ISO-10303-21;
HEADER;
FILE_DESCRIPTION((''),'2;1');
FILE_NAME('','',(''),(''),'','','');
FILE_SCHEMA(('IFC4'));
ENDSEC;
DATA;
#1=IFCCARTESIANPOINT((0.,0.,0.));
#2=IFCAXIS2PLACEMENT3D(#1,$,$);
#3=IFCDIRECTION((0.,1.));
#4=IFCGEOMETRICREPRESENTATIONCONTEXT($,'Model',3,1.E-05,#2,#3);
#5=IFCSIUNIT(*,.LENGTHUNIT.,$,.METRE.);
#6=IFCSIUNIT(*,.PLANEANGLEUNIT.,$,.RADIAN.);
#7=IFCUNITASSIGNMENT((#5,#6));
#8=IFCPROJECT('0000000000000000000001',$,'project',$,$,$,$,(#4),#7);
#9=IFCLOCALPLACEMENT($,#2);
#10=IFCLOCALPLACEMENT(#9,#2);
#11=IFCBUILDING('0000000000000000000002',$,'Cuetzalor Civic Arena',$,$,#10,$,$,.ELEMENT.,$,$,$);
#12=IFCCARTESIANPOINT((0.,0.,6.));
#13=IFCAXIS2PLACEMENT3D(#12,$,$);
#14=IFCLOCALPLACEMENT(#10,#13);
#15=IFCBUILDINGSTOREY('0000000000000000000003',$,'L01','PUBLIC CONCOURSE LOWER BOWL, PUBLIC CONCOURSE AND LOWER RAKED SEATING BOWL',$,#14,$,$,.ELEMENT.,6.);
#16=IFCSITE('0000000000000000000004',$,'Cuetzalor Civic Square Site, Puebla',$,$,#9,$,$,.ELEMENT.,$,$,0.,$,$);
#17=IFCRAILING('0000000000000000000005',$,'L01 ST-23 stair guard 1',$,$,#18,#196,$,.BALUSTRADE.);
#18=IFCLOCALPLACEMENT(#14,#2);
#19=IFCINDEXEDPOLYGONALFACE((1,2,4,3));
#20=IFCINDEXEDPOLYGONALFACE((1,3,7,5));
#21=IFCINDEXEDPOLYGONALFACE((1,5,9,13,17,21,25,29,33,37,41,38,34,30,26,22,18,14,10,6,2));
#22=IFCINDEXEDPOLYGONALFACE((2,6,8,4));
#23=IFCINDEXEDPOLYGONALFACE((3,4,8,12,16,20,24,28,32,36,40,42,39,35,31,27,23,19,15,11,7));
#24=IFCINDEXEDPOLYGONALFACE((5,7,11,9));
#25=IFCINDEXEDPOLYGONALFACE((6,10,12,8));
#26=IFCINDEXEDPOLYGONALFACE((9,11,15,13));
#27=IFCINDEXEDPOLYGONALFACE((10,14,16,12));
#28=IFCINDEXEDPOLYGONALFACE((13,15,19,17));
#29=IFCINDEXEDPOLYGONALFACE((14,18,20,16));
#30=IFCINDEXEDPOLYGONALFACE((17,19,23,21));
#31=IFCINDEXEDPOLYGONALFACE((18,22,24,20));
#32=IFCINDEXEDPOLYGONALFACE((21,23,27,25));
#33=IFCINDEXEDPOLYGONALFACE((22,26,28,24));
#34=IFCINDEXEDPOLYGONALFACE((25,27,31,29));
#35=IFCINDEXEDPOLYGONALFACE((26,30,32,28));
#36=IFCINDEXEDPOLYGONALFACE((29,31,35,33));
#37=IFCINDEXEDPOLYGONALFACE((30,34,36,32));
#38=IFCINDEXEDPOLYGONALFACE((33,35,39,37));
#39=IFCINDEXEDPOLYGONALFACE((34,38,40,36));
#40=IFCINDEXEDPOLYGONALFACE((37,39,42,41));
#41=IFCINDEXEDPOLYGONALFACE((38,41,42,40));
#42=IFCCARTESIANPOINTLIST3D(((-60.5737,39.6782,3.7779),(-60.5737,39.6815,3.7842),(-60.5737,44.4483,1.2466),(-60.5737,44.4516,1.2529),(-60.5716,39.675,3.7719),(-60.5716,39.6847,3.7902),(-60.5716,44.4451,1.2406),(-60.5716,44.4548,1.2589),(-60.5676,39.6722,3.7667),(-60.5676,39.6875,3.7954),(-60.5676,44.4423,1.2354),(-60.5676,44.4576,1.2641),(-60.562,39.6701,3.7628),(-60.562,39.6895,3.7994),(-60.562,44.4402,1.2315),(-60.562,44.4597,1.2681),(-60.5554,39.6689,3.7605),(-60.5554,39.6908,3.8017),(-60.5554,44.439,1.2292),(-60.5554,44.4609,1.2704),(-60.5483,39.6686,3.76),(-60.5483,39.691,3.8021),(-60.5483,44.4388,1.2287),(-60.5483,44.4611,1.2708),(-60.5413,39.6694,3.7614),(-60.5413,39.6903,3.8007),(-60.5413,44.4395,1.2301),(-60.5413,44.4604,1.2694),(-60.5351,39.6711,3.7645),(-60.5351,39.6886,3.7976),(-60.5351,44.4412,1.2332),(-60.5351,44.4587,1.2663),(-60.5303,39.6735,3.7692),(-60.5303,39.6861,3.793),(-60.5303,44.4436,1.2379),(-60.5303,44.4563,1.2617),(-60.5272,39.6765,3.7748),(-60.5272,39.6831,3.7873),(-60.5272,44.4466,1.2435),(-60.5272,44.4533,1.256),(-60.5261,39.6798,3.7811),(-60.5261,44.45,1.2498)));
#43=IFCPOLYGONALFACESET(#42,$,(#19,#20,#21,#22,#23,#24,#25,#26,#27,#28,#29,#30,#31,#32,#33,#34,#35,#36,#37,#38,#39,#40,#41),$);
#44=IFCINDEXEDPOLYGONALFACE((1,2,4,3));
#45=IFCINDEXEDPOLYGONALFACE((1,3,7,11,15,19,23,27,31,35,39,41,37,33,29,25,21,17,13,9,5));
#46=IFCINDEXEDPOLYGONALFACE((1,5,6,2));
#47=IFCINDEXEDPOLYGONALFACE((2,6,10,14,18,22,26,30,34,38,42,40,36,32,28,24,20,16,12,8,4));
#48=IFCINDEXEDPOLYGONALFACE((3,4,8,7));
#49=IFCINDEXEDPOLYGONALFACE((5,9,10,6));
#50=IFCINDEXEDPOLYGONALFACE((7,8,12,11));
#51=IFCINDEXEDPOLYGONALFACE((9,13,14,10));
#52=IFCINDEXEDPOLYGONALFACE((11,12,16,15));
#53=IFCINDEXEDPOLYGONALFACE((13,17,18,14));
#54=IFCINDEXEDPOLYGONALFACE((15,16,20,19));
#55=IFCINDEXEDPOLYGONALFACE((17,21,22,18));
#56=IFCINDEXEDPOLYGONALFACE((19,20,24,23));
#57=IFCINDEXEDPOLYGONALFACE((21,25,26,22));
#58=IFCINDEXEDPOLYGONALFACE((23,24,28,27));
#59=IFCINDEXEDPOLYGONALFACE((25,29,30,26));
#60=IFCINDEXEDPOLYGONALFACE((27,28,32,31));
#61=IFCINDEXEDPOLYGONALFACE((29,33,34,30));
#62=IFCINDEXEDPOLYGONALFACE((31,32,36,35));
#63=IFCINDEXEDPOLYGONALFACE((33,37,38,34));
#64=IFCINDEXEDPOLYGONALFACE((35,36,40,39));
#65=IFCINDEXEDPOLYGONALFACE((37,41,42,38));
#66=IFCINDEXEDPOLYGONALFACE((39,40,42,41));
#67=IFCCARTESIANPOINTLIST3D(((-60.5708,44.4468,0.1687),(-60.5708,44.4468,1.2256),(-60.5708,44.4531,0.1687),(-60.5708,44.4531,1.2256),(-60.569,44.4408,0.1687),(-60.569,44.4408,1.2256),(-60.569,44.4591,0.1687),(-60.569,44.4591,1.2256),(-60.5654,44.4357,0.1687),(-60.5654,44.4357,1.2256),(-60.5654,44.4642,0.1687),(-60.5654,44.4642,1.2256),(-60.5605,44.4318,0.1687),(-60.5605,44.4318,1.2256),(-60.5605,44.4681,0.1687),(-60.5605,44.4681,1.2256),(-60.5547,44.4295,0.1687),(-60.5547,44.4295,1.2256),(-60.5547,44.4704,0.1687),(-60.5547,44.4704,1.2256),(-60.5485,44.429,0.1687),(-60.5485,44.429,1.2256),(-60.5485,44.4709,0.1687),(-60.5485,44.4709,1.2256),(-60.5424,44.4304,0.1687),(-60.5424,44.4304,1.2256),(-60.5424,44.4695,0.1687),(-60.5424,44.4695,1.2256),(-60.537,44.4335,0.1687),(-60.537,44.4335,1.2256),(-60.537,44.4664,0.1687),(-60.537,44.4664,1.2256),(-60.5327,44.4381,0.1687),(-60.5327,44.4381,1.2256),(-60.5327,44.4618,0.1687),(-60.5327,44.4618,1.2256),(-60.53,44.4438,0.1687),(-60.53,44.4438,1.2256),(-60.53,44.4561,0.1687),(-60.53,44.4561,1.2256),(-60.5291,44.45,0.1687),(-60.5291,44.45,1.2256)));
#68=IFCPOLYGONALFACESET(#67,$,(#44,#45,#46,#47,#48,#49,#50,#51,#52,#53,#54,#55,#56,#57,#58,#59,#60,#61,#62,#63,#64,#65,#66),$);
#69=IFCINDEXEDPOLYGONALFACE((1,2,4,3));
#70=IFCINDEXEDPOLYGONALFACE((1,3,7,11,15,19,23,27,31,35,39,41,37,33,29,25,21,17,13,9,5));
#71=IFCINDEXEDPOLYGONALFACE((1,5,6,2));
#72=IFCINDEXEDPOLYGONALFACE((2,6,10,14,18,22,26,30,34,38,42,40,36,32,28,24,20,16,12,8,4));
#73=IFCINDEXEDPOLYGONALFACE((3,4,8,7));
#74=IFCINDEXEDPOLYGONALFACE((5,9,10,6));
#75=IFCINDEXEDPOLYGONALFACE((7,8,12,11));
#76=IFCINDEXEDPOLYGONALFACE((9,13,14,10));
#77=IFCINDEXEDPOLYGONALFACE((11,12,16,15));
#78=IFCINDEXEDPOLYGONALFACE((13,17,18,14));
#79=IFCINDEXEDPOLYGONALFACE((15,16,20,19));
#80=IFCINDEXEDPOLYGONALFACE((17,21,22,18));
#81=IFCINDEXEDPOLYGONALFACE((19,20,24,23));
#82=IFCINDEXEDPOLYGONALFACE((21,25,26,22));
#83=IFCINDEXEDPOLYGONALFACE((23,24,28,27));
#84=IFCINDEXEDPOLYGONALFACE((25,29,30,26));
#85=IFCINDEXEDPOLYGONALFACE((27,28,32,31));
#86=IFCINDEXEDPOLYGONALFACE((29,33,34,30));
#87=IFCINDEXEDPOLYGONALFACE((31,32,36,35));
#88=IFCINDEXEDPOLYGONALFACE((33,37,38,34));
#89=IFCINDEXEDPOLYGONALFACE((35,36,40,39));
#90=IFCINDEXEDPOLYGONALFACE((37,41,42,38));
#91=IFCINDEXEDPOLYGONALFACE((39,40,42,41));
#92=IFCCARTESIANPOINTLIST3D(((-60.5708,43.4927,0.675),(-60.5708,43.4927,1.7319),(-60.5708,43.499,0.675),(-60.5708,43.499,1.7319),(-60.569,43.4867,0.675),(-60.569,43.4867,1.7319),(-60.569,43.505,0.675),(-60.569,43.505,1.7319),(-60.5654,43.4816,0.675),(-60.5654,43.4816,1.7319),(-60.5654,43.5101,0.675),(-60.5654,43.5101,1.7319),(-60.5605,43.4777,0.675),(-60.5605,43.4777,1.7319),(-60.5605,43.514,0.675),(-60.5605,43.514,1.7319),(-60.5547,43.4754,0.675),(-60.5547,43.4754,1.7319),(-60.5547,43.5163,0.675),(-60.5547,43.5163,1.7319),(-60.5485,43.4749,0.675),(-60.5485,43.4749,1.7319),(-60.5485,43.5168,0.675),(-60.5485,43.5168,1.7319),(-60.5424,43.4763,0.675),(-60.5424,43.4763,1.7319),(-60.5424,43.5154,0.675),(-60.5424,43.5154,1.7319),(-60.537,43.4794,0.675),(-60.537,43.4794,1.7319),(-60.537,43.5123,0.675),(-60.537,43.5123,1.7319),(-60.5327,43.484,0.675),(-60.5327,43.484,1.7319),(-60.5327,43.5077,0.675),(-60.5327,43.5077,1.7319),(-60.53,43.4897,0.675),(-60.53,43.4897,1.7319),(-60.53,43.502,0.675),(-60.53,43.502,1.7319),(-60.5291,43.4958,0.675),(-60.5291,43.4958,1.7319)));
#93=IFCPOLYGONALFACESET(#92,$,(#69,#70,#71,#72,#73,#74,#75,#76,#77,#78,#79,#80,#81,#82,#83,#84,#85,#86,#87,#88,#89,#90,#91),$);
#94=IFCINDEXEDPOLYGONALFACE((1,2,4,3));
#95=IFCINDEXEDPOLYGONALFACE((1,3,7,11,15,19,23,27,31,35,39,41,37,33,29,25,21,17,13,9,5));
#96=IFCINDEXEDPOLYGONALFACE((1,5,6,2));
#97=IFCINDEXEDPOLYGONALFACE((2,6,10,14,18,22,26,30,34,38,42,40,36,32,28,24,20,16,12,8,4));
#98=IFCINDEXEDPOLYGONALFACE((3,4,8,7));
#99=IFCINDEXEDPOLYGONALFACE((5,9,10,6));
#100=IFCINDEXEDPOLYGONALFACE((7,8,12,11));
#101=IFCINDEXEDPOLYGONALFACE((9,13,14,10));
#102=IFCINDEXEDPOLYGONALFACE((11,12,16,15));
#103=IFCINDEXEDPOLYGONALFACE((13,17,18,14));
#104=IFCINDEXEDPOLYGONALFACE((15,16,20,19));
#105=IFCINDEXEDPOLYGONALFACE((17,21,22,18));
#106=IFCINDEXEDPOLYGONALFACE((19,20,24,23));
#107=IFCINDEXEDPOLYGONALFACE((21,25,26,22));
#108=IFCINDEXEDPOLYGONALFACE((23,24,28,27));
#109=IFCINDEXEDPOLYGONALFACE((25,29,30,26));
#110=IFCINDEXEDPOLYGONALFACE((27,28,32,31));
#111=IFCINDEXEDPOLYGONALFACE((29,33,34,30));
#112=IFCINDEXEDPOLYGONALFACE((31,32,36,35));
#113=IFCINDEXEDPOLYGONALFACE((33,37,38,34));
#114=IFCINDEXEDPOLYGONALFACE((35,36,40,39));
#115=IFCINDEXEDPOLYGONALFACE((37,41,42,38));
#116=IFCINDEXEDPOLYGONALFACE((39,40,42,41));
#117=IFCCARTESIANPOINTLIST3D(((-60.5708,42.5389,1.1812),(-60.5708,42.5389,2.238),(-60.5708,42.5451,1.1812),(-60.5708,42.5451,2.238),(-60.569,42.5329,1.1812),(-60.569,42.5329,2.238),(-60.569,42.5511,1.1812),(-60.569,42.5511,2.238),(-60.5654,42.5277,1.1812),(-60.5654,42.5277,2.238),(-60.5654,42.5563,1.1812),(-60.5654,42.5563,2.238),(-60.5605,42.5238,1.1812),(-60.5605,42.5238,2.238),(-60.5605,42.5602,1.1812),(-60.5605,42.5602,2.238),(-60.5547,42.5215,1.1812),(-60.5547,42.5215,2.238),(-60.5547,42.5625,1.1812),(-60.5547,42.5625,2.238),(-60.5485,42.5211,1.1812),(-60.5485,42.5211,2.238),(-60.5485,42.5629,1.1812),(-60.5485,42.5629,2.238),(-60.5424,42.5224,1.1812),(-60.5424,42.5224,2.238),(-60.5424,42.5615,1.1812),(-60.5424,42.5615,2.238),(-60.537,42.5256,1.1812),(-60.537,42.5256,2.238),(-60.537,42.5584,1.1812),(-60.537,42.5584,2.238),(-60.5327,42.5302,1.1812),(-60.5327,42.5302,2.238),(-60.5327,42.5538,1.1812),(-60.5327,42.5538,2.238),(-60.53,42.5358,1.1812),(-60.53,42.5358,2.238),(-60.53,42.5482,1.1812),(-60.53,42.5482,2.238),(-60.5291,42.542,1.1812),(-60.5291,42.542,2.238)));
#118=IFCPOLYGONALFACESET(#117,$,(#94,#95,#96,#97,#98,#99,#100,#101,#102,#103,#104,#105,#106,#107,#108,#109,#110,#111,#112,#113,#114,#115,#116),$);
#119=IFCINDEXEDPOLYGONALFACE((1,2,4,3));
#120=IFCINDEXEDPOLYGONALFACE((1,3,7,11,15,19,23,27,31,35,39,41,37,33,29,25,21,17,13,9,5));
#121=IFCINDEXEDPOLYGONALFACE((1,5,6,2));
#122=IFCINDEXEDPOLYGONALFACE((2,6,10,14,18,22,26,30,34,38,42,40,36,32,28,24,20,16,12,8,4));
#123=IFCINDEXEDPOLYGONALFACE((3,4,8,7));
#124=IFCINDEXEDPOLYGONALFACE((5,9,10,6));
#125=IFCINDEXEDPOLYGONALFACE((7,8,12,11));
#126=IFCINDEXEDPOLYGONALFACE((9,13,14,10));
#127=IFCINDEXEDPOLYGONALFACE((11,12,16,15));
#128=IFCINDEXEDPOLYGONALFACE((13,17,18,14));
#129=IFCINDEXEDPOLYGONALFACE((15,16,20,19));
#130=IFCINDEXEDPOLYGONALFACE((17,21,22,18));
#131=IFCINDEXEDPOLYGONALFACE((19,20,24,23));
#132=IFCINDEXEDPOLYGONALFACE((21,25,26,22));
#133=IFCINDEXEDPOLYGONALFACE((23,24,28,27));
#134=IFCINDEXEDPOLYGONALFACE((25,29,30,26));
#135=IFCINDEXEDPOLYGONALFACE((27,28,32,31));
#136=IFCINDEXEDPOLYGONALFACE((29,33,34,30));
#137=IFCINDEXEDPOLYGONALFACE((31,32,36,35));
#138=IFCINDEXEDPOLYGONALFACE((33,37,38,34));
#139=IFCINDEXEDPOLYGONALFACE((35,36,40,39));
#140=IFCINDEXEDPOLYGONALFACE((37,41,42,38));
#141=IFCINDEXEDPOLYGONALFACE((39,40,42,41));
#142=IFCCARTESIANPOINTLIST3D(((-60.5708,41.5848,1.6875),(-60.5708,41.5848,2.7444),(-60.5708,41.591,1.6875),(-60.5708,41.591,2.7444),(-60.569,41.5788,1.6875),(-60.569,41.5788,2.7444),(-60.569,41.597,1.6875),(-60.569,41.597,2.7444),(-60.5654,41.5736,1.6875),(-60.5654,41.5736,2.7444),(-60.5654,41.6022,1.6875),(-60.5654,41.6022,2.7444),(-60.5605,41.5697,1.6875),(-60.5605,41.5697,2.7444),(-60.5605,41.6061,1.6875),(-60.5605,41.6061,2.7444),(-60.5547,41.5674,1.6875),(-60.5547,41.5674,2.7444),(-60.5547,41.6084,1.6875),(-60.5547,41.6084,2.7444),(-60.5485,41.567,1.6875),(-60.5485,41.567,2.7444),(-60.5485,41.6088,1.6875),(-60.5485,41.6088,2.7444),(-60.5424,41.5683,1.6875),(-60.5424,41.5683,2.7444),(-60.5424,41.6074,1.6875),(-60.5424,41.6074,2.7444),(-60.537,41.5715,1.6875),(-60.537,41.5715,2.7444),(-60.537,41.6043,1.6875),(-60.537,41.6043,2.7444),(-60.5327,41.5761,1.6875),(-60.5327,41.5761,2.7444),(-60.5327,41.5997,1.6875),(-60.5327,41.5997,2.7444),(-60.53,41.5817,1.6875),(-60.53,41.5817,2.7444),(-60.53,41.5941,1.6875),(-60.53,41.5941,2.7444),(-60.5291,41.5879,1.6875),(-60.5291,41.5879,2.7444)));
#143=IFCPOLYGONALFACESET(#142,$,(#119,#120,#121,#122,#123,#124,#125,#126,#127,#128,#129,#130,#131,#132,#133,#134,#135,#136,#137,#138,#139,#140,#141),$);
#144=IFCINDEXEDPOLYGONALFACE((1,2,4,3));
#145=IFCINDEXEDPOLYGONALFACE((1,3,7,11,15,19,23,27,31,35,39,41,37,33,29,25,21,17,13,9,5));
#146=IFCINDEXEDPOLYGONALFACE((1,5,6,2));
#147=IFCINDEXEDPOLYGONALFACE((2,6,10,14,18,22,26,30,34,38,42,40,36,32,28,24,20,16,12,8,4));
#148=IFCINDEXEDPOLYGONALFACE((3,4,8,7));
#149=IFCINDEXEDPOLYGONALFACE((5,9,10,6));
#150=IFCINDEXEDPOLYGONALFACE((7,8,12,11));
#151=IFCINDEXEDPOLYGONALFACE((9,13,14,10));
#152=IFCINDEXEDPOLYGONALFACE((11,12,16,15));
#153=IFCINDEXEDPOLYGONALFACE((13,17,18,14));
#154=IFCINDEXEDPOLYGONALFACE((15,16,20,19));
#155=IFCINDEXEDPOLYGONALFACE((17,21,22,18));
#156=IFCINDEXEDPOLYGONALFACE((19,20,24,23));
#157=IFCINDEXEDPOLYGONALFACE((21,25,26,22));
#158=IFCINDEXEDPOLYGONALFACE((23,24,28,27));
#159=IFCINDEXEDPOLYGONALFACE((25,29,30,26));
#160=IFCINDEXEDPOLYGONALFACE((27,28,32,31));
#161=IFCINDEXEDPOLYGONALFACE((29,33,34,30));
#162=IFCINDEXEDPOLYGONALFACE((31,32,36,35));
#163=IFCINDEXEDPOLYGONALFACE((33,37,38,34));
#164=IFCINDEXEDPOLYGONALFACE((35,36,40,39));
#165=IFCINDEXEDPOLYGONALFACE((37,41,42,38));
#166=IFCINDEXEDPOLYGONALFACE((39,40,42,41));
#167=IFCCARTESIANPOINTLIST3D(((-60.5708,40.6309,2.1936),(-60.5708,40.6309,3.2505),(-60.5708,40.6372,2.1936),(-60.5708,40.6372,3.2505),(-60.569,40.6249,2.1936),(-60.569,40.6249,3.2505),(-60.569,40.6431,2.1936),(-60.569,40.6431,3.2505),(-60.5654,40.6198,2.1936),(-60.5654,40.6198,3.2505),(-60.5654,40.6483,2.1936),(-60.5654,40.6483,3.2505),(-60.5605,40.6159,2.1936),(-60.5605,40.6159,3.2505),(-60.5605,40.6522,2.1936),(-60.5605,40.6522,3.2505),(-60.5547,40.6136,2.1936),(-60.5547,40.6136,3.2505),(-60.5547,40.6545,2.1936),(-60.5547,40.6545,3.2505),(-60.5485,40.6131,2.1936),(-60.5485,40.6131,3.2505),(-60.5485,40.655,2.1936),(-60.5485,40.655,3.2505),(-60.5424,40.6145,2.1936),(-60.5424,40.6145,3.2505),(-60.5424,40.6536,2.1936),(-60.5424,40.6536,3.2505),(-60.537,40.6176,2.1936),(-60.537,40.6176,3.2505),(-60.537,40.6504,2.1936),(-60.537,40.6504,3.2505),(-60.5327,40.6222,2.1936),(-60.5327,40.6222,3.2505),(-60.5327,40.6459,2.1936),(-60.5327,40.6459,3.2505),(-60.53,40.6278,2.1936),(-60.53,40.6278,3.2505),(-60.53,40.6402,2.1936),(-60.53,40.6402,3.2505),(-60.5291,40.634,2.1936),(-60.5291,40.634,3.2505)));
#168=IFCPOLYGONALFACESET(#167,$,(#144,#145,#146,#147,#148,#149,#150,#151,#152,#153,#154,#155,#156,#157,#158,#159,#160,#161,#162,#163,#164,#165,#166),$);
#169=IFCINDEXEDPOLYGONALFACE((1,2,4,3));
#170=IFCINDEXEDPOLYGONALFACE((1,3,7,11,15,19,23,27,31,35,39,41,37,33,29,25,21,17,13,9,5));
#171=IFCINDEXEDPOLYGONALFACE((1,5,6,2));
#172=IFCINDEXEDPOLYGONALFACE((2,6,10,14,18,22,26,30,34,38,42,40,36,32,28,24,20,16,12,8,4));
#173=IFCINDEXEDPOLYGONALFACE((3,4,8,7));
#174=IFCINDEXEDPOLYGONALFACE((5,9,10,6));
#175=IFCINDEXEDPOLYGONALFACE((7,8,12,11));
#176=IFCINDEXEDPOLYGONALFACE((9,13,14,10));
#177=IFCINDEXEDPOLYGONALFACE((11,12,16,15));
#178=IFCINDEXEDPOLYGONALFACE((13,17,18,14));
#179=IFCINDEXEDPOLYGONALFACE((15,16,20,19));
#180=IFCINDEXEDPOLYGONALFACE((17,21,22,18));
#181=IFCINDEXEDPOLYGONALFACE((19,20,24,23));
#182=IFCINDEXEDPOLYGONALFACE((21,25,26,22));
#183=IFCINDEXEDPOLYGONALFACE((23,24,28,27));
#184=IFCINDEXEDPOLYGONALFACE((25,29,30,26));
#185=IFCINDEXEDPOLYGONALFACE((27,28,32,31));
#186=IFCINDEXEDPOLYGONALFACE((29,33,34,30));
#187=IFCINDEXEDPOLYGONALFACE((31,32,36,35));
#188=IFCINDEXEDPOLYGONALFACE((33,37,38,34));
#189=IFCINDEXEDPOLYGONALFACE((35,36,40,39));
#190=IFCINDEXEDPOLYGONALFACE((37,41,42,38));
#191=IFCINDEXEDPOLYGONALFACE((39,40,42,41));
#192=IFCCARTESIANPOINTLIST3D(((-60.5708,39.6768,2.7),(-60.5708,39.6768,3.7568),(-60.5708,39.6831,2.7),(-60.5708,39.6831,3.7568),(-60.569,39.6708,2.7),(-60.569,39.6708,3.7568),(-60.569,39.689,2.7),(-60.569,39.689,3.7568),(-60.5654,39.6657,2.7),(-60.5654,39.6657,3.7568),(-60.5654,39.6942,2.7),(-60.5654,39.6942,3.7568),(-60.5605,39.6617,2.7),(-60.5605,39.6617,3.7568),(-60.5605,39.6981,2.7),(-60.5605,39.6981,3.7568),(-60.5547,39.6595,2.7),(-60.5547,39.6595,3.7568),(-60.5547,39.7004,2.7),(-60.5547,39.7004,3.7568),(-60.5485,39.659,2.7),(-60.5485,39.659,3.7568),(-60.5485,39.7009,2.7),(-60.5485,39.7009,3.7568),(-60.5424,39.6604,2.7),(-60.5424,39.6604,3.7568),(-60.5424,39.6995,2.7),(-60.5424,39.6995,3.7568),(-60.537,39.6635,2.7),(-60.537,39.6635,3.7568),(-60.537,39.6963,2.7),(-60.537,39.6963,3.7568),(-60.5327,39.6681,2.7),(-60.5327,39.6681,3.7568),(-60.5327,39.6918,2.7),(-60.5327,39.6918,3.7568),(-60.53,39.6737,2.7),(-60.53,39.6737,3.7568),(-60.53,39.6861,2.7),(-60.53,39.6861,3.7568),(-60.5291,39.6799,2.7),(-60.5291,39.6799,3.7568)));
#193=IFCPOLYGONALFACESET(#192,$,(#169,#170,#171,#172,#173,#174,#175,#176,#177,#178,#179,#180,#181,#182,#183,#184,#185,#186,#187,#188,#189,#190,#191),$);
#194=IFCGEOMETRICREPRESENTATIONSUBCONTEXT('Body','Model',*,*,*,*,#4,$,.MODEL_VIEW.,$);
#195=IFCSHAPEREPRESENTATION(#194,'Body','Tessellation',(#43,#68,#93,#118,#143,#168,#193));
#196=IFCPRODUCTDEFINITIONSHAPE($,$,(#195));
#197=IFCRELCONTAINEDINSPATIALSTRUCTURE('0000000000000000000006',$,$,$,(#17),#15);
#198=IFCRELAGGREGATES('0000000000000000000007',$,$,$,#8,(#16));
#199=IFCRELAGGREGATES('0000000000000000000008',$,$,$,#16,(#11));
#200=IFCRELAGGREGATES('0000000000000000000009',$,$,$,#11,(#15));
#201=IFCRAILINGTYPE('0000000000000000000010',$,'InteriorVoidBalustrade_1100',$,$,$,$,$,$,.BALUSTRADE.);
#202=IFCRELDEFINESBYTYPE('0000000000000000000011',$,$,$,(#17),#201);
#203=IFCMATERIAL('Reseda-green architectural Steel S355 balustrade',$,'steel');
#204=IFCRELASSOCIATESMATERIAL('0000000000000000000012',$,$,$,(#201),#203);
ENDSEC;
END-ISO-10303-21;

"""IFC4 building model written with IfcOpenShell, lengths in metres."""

from ifc_helpers import new_model, si_unit, direction, frame, origin, origin_2d, place, context, subcontext, project, spatial, circle, extrude, material, type_object, element, save


model = new_model("IFC4")

# Units and contexts
model_context = context("Model", 3, precision=1e-05, world=origin(), true_north=direction((0.0, 1.0)))
body_context = subcontext(model_context, "Body", "Model", "MODEL_VIEW")
ifc_project = project(units=[si_unit("LENGTHUNIT", "METRE"), si_unit("PLANEANGLEUNIT", "RADIAN")], contexts=[model_context])

# Site, building, storey
site_placement = place(None, origin())
site = spatial("IfcSite", under=ifc_project, at=site_placement, Name="Cuetzalor Civic Square Site, Puebla", CompositionType="ELEMENT", RefElevation=0.0)
building_placement = place(site_placement, origin())
building = spatial("IfcBuilding", under=site, at=building_placement, Name="Cuetzalor Civic Arena", CompositionType="ELEMENT")
storey_placement = place(building_placement, frame((0.0, 0.0, 6.0)))
storey = spatial("IfcBuildingStorey", under=building, at=storey_placement, Name="L01", Description="PUBLIC CONCOURSE LOWER BOWL, PUBLIC CONCOURSE AND LOWER RAKED SEATING BOWL", CompositionType="ELEMENT", Elevation=6.0)

# Railing
ifc_material_1 = material(Name="Reseda-green architectural Steel S355 balustrade", Category="steel")
railing_type_1 = type_object("IfcRailingType", Name="InteriorVoidBalustrade_1100", PredefinedType="BALUSTRADE", material=ifc_material_1)
railing_1_placement = place(storey_placement, frame((-60.55, 44.45, 0.1687)))
element("IfcRailing", 1, at=railing_1_placement, inside=storey, type_object=railing_type_1, Name="L01 ST-23 stair guard 1", PredefinedType="BALUSTRADE", context=body_context, shape_type="SweptSolid", body=[
    extrude(circle(Radius=0.0239, at=origin_2d()), frame((0.0, 0.0, 1.0811), z_axis=(0.0, -0.883332, 0.468747), x_axis=(1.0, 0.0, 0.0)), (0.0, 0.0, 1.0), 5.4001),
    extrude(circle(Radius=0.021, at=origin_2d()), origin(), (0.0, 0.0, 1.0), 1.0569),
    extrude(circle(Radius=0.021, at=origin_2d()), frame((0.0, -0.9541, 0.5063)), (0.0, 0.0, 1.0), 1.0569),
    extrude(circle(Radius=0.021, at=origin_2d()), frame((0.0, -1.908, 1.0125)), (0.0, 0.0, 1.0), 1.0569),
    extrude(circle(Radius=0.021, at=origin_2d()), frame((0.0, -2.8621, 1.5188)), (0.0, 0.0, 1.0), 1.0569),
    extrude(circle(Radius=0.021, at=origin_2d()), frame((0.0, -3.8159, 2.0249)), (0.0, 0.0, 1.0), 1.0569),
    extrude(circle(Radius=0.021, at=origin_2d()), frame((0.0, -4.77, 2.5312)), (0.0, 0.0, 1.0), 1.0569),
])

save(model, "model.ifc")
